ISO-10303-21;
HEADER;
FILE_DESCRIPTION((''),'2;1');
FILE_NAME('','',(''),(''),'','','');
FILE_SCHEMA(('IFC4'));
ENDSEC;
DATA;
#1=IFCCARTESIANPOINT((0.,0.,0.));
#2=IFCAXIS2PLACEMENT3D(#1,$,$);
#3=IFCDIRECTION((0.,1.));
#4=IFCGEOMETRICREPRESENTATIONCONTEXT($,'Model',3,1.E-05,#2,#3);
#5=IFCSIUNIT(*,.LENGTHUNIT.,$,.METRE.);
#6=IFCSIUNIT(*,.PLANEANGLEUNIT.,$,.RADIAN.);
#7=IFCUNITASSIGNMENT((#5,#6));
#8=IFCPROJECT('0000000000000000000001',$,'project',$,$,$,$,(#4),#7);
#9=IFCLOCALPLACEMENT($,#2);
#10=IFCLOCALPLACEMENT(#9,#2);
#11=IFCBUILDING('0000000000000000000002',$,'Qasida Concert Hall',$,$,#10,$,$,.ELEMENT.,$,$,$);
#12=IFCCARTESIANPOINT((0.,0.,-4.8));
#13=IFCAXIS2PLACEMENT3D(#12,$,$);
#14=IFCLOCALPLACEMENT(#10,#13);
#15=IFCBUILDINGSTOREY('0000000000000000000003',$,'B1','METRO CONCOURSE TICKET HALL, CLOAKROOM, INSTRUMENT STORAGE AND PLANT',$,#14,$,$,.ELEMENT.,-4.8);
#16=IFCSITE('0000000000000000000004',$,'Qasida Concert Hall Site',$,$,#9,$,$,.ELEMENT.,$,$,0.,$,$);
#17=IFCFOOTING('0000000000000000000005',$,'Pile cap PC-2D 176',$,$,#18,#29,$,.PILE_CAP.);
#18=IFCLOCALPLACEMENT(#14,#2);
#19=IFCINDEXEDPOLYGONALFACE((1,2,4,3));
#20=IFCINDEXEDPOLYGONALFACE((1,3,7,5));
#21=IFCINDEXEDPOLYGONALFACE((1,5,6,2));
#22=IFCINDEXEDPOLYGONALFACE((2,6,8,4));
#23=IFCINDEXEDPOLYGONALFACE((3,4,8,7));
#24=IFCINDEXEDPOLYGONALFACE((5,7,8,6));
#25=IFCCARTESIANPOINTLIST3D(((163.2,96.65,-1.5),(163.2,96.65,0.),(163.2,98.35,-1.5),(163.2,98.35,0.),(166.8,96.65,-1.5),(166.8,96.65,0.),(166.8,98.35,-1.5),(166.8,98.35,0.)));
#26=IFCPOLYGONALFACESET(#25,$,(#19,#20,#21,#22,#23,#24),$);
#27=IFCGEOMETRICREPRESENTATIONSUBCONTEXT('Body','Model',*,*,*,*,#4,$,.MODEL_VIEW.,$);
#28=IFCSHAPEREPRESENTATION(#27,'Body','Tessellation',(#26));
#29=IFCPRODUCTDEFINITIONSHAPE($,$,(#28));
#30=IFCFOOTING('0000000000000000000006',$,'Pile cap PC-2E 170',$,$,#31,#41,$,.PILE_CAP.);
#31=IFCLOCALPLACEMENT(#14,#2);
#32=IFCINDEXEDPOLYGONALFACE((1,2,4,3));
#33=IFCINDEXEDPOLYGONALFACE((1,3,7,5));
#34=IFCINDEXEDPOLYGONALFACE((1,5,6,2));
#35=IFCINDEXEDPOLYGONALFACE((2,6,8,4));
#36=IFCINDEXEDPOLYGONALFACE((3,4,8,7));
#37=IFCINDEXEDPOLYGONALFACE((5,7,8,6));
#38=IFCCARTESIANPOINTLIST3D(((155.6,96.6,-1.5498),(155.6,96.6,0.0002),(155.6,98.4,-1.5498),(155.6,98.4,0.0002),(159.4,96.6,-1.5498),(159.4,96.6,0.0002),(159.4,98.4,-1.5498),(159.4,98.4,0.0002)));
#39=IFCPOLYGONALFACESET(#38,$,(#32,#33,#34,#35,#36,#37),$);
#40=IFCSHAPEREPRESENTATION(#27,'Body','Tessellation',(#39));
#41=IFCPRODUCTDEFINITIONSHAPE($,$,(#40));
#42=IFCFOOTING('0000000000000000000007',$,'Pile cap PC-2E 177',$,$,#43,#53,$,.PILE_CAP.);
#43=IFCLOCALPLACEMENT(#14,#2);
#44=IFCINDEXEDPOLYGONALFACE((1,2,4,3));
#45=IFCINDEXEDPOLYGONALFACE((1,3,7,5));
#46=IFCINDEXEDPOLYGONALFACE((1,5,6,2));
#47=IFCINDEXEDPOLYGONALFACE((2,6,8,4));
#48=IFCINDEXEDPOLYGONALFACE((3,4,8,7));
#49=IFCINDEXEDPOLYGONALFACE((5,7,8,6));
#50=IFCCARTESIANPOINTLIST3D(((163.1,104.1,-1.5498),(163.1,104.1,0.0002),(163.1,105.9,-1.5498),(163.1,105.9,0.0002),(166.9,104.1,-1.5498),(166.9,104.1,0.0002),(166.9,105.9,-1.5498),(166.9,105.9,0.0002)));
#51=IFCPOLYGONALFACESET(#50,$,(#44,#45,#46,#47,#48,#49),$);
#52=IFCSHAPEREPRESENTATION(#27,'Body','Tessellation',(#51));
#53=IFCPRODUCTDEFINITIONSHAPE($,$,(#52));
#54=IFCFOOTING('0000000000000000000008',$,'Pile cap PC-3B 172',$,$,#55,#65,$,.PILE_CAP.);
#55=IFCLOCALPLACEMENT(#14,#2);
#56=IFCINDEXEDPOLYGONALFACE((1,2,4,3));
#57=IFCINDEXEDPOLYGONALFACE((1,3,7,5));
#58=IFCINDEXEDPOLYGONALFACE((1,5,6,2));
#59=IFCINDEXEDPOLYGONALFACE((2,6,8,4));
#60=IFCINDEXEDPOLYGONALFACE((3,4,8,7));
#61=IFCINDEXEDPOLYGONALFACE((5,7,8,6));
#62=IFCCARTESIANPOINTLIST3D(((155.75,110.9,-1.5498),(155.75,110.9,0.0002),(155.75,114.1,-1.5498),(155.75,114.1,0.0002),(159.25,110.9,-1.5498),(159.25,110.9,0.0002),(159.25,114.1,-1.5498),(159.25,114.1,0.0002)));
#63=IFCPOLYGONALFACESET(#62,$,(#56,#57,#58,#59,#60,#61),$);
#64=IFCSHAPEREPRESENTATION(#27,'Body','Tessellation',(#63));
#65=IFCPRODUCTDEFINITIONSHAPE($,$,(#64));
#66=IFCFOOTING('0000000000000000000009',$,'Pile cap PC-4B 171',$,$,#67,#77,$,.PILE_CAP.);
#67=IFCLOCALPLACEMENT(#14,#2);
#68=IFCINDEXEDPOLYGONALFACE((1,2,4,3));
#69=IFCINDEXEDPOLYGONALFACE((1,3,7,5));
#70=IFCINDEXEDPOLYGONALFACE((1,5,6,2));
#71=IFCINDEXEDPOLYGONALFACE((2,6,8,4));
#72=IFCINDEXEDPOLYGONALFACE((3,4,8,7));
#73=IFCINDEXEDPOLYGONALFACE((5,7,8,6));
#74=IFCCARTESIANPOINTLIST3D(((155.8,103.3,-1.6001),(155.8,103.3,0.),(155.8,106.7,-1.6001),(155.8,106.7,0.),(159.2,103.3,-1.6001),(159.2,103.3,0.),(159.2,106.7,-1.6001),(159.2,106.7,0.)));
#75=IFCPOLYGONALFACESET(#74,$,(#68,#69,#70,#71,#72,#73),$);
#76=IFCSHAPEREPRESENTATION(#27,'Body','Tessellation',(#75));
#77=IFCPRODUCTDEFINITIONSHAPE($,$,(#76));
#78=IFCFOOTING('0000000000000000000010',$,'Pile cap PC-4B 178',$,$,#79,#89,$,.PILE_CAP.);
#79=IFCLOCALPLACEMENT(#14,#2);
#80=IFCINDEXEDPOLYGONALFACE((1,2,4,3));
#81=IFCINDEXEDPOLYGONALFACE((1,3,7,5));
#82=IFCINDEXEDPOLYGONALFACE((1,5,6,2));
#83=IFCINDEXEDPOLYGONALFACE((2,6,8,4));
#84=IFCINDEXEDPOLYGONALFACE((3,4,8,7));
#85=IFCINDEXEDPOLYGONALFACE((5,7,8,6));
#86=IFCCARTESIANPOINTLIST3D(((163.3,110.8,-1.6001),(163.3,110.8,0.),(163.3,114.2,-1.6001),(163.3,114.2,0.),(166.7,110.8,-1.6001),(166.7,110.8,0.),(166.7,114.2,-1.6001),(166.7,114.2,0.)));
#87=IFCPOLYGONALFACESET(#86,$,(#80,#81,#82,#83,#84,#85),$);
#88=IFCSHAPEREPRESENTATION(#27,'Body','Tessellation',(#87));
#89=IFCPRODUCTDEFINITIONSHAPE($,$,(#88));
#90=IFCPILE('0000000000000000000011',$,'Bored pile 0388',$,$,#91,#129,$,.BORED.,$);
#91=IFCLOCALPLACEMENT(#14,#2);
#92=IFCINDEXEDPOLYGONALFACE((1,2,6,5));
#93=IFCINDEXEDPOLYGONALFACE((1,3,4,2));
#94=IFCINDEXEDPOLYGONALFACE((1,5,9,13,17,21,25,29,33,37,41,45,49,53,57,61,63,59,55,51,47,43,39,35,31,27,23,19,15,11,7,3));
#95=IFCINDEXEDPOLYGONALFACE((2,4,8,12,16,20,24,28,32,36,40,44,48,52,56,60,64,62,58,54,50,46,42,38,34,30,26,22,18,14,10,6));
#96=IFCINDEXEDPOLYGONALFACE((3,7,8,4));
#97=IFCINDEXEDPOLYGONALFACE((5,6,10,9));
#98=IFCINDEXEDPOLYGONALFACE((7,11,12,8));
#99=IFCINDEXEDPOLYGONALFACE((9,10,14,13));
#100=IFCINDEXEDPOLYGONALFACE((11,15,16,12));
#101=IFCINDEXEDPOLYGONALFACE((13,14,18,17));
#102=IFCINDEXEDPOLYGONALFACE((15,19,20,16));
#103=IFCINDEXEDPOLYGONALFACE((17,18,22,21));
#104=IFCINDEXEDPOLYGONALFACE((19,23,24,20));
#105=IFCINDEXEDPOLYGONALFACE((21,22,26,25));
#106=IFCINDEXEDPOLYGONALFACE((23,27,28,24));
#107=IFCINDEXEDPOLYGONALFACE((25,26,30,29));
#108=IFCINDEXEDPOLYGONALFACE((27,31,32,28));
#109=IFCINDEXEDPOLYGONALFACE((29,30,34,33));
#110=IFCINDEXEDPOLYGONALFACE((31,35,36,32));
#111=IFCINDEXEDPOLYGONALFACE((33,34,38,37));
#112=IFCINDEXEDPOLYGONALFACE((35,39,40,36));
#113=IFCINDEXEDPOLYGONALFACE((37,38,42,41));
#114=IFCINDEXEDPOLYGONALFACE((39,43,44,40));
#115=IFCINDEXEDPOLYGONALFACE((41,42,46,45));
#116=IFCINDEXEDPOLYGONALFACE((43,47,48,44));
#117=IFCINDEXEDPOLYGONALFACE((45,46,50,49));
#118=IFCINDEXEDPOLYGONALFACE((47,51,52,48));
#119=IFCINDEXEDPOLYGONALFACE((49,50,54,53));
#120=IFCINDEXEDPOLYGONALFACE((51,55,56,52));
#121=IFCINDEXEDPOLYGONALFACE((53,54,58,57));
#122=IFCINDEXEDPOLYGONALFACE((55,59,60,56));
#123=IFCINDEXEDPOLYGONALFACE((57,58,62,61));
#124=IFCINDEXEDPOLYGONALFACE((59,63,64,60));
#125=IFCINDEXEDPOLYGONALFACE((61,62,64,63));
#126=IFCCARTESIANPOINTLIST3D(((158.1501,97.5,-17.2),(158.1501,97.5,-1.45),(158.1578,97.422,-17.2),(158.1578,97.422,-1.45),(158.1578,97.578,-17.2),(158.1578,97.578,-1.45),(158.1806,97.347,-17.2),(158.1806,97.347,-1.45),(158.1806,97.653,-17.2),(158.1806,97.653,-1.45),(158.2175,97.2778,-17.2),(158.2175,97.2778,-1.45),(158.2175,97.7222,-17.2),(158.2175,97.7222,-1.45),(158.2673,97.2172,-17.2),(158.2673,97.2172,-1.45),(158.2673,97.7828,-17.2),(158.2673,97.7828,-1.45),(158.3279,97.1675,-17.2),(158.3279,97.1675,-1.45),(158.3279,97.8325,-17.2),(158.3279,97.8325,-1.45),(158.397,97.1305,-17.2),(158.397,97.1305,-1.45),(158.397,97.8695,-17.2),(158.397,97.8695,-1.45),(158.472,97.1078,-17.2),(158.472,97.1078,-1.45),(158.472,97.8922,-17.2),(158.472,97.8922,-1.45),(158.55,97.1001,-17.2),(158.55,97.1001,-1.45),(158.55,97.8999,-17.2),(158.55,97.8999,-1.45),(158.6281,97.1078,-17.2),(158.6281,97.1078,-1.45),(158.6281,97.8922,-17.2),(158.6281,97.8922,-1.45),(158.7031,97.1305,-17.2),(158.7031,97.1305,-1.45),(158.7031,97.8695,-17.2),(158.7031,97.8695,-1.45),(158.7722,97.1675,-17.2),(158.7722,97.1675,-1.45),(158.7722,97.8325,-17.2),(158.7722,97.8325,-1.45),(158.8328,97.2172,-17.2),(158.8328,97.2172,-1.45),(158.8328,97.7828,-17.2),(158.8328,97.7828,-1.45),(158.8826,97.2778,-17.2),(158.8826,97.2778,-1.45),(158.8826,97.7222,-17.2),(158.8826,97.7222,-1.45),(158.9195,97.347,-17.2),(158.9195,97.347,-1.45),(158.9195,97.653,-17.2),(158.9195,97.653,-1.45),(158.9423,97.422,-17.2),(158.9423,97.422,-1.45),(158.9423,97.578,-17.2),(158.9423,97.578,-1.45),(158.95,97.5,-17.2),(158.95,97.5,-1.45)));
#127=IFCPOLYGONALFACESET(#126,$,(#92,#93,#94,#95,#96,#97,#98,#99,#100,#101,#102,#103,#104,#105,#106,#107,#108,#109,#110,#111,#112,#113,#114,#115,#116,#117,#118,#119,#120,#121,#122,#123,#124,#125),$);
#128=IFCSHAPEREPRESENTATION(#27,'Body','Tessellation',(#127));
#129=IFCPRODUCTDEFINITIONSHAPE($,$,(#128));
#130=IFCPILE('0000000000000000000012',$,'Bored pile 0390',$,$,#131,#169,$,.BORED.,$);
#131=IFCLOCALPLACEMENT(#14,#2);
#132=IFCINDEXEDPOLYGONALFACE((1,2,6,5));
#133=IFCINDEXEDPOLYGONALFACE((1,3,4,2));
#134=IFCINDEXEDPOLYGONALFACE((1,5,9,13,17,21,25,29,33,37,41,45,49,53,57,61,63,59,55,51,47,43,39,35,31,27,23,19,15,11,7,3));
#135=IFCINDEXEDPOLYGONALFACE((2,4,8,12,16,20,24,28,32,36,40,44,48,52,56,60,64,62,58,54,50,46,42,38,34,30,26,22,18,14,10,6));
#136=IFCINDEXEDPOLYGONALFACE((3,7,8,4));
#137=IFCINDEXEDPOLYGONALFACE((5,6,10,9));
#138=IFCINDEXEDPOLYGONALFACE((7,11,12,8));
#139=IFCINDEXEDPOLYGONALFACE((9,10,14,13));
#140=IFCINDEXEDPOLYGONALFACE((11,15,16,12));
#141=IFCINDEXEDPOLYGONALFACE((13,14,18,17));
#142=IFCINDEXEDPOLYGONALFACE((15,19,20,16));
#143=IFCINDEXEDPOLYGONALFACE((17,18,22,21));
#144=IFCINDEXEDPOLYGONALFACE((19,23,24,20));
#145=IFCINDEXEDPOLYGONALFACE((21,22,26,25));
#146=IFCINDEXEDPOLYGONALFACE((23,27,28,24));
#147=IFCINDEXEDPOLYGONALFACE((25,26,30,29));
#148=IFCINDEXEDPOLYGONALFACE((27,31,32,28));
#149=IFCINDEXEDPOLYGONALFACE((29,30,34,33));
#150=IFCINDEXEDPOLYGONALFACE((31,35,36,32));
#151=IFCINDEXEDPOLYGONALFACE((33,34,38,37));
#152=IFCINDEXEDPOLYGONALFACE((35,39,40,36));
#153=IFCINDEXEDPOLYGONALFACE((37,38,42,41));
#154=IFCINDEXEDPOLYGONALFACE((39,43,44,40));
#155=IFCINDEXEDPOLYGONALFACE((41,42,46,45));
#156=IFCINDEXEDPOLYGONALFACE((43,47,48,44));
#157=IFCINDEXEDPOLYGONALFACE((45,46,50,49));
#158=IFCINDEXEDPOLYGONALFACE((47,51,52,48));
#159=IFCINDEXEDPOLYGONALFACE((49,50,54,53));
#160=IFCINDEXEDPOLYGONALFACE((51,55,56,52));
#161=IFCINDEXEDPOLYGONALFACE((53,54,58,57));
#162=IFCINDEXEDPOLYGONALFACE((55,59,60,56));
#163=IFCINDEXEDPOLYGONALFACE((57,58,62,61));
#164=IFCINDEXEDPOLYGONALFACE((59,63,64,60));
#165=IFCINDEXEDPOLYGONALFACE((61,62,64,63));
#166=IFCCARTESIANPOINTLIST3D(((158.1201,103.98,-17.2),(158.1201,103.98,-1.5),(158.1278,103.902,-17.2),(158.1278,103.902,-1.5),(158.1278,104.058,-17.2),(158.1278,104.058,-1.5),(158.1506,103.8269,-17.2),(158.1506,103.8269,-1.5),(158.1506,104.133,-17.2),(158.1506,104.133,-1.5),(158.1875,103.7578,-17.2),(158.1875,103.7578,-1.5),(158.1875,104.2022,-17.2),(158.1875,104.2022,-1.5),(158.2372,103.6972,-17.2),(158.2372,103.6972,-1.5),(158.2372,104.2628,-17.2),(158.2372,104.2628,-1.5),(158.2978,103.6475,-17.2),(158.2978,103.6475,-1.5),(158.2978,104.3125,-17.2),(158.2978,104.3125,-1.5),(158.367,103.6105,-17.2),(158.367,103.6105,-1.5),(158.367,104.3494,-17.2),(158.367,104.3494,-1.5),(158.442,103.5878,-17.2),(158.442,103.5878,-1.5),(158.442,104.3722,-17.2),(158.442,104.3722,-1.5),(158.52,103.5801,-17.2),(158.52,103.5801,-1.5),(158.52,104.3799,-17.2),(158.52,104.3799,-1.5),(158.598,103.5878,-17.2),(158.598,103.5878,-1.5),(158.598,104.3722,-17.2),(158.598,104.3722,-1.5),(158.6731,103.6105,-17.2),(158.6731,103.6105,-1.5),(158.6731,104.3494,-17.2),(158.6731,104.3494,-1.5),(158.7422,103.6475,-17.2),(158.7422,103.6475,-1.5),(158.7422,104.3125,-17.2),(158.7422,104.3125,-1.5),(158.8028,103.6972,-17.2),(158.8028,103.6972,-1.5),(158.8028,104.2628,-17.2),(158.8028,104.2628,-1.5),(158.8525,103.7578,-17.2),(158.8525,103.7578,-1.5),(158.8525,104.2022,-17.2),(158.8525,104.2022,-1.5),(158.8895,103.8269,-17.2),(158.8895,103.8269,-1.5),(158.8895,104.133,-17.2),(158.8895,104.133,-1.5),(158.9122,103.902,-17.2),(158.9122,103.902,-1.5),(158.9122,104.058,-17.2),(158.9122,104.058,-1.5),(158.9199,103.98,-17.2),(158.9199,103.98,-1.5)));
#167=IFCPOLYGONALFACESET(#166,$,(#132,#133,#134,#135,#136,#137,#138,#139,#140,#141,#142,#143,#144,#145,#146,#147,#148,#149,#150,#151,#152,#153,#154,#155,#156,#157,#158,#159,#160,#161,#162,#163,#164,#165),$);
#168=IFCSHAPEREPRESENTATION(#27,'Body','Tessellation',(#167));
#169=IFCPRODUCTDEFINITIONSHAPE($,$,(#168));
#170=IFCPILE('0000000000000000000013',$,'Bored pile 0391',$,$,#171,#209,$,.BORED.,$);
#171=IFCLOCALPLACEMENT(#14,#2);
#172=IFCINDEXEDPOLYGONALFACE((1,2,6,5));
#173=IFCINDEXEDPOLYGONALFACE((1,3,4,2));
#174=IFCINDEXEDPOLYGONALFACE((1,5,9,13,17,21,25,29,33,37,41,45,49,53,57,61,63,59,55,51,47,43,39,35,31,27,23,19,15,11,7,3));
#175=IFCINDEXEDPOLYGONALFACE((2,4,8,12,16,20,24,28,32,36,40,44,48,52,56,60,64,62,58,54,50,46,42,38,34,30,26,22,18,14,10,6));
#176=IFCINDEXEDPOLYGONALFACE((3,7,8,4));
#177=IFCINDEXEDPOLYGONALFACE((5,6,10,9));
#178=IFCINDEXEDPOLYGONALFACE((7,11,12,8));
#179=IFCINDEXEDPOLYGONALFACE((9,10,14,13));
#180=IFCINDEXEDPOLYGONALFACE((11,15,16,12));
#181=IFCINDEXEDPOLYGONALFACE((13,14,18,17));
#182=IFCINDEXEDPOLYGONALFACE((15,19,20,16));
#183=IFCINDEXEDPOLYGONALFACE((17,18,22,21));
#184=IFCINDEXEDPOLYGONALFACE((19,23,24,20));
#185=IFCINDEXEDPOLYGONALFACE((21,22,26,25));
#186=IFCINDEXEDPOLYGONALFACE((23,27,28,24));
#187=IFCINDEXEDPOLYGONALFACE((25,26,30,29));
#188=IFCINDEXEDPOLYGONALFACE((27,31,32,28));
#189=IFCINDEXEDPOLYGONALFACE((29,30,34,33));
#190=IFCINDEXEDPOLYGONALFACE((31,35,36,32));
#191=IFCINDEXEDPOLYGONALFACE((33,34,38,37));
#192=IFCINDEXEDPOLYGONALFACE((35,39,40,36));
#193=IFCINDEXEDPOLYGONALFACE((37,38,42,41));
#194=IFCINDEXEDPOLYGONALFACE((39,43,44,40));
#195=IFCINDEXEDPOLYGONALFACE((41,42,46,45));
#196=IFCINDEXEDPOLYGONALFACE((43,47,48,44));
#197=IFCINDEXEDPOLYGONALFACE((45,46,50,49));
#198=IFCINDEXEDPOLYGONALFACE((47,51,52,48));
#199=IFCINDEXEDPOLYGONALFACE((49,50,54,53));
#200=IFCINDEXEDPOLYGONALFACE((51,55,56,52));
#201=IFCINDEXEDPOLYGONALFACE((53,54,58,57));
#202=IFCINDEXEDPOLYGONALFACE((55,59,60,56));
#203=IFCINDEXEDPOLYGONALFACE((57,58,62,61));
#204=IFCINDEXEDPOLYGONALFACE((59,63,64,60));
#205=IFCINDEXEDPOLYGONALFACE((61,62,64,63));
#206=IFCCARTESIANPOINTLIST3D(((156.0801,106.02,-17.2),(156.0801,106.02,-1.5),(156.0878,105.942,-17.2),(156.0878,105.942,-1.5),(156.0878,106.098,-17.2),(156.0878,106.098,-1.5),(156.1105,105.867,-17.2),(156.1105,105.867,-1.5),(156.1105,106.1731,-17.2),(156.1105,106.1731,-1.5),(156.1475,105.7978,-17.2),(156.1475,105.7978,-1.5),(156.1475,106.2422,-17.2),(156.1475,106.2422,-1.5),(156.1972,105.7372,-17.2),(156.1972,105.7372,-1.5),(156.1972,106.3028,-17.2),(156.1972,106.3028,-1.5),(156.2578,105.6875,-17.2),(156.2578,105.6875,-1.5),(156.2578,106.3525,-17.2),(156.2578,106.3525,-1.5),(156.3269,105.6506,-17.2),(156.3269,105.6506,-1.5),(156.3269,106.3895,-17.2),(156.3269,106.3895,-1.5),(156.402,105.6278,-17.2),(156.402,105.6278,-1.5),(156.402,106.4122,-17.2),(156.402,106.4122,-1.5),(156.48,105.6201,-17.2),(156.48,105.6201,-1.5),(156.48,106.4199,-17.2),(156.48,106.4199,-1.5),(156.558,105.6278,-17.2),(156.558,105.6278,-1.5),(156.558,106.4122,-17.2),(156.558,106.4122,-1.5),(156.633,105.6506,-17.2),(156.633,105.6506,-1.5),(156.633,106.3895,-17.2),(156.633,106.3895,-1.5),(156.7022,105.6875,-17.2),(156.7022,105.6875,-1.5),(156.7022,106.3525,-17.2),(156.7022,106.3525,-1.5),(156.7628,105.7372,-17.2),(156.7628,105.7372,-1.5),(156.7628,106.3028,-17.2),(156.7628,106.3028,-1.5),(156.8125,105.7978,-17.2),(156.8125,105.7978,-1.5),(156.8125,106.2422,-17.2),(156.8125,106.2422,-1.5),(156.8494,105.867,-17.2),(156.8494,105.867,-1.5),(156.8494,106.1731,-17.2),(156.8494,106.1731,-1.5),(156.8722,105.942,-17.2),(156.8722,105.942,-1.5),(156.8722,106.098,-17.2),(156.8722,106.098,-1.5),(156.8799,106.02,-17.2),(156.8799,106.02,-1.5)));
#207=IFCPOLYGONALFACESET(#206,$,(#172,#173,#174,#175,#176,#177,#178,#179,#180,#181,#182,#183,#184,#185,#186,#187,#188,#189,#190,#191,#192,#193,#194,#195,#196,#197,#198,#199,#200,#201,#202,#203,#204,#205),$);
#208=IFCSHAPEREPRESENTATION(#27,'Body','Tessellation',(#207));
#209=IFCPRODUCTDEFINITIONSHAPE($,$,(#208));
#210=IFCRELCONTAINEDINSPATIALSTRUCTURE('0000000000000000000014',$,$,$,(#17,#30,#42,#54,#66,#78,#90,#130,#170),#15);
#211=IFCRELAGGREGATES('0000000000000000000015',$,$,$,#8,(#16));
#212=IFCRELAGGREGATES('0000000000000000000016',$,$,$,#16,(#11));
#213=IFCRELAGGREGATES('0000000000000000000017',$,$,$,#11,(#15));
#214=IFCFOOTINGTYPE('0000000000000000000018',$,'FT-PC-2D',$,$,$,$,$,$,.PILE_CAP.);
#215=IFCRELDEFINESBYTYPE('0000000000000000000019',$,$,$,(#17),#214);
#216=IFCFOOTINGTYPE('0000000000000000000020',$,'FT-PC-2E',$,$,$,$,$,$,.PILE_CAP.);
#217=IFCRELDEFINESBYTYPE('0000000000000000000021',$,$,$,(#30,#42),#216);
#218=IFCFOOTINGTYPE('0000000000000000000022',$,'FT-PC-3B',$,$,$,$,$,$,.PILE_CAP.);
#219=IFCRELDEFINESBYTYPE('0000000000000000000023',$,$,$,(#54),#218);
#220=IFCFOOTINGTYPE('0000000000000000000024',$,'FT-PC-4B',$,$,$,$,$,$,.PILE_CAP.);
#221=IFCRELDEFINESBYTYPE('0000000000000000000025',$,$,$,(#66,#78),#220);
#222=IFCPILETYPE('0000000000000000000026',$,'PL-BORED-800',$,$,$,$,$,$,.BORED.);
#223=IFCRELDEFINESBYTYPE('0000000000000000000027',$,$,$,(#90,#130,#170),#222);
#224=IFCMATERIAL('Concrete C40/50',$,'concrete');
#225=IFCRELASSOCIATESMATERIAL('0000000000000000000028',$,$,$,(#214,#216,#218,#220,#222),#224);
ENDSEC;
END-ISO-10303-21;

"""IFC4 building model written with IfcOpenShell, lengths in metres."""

from ifc_helpers import new_model, si_unit, direction, frame, origin, origin_2d, place, context, subcontext, project, spatial, rectangle, circle, extrude, material, material_profile, profile_set, type_object, element, save


model = new_model("IFC4")

# Units and contexts
model_context = context("Model", 3, precision=1e-05, world=origin(), true_north=direction((0.0, 1.0)))
body_context = subcontext(model_context, "Body", "Model", "MODEL_VIEW")
ifc_project = project(units=[si_unit("LENGTHUNIT", "METRE"), si_unit("PLANEANGLEUNIT", "RADIAN")], contexts=[model_context])

# Site, building, storey
site_placement = place(None, origin())
site = spatial("IfcSite", under=ifc_project, at=site_placement, Name="Qasida Concert Hall Site", CompositionType="ELEMENT", RefElevation=0.0)
building_placement = place(site_placement, origin())
building = spatial("IfcBuilding", under=site, at=building_placement, Name="Qasida Concert Hall", CompositionType="ELEMENT")
storey_placement = place(building_placement, frame((0.0, 0.0, -4.8)))
storey = spatial("IfcBuildingStorey", under=building, at=storey_placement, Name="B1", Description="METRO CONCOURSE TICKET HALL, CLOAKROOM, INSTRUMENT STORAGE AND PLANT", CompositionType="ELEMENT", Elevation=-4.8)

# Footings
ifc_material_1 = material(Name="Concrete C40/50", Category="concrete")
footing_type_1 = type_object("IfcFootingType", Name="FT-PC-2D", PredefinedType="PILE_CAP", material=ifc_material_1)
footing_1_placement = place(storey_placement, frame((165.0, 97.5, -1.5), z_axis=(0.0, 0.0, 1.0), x_axis=(1.0, 0.0, 0.0)))
element("IfcFooting", 1, at=footing_1_placement, inside=storey, type_object=footing_type_1, Name="Pile cap PC-2D 176", PredefinedType="PILE_CAP", context=body_context, shape_type="SweptSolid", body=[
    extrude(rectangle(XDim=3.6001, YDim=1.7, at=origin_2d()), origin(), (0.0, 0.0, 1.0), 1.5),
])
footing_type_2 = type_object("IfcFootingType", Name="FT-PC-2E", PredefinedType="PILE_CAP", material=ifc_material_1)
for number, where, z_axis, x_axis, name in (
    (2, (157.5, 97.5, -1.5498), (0.0, 0.0, 1.0), (1.0, 0.0, 0.0), "Pile cap PC-2E 170"),
    (3, (165.0, 105.0, -1.5498), (0.0, 0.0, 1.0), (1.0, 0.0, 0.0), "Pile cap PC-2E 177"),
):
    element("IfcFooting", number, at=place(storey_placement, frame(where, z_axis=z_axis, x_axis=x_axis)), inside=storey, type_object=footing_type_2, Name=name, PredefinedType="PILE_CAP", context=body_context, shape_type="SweptSolid", body=[
        extrude(rectangle(XDim=3.8, YDim=1.8, at=origin_2d()), origin(), (0.0, 0.0, 1.0), 1.55),
    ])
footing_type_3 = type_object("IfcFootingType", Name="FT-PC-3B", PredefinedType="PILE_CAP", material=ifc_material_1)
footing_2_placement = place(storey_placement, frame((157.5, 112.5, -1.5498), z_axis=(0.0, 0.0, 1.0), x_axis=(1.0, 0.0, 0.0)))
element("IfcFooting", 4, at=footing_2_placement, inside=storey, type_object=footing_type_3, Name="Pile cap PC-3B 172", PredefinedType="PILE_CAP", context=body_context, shape_type="SweptSolid", body=[
    extrude(rectangle(XDim=3.5, YDim=3.2, at=origin_2d()), origin(), (0.0, 0.0, 1.0), 1.55),
])
footing_type_4 = type_object("IfcFootingType", Name="FT-PC-4B", PredefinedType="PILE_CAP", material=ifc_material_1)
for number, where, z_axis, x_axis, name in (
    (5, (157.5, 105.0, -1.6001), (0.0, 0.0, 1.0), (1.0, 0.0, 0.0), "Pile cap PC-4B 171"),
    (6, (165.0, 112.5, -1.6001), (0.0, 0.0, 1.0), (1.0, 0.0, 0.0), "Pile cap PC-4B 178"),
):
    element("IfcFooting", number, at=place(storey_placement, frame(where, z_axis=z_axis, x_axis=x_axis)), inside=storey, type_object=footing_type_4, Name=name, PredefinedType="PILE_CAP", context=body_context, shape_type="SweptSolid", body=[
        extrude(rectangle(XDim=3.3999, YDim=3.3999, at=origin_2d()), origin(), (0.0, 0.0, 1.0), 1.6001),
    ])

# Piles
ifc_material_profile_1 = material_profile(ifc_material_1, circle(Radius=0.3999, at=origin_2d()), Name="BORED PILE D800")
ifc_profile_set_1 = profile_set([ifc_material_profile_1], Name="Concrete C40/50")
pile_type = type_object("IfcPileType", Name="PL-BORED-800", PredefinedType="BORED", material=ifc_profile_set_1)
pile_1_placement = place(storey_placement, frame((158.55, 97.5, -1.45), z_axis=(0.0, 0.0, -1.0), x_axis=(1.0, 0.0, 0.0)))
element("IfcPile", 7, at=pile_1_placement, inside=storey, type_object=pile_type, Name="Bored pile 0388", PredefinedType="BORED", context=body_context, shape_type="SweptSolid", body=[
    extrude(circle(Radius=0.3999, at=origin_2d()), origin(), (0.0, 0.0, 1.0), 15.75),
])
for number, where, z_axis, x_axis, name in (
    (8, (158.52, 103.98, -1.5), (0.0, 0.0, -1.0), (1.0, 0.0, 0.0), "Bored pile 0390"),
    (9, (156.48, 106.02, -1.5), (0.0, 0.0, -1.0), (1.0, 0.0, 0.0), "Bored pile 0391"),
):
    element("IfcPile", number, at=place(storey_placement, frame(where, z_axis=z_axis, x_axis=x_axis)), inside=storey, type_object=pile_type, Name=name, PredefinedType="BORED", context=body_context, shape_type="SweptSolid", body=[
        extrude(circle(Radius=0.3999, at=origin_2d()), origin(), (0.0, 0.0, 1.0), 15.7),
    ])

save(model, "model.ifc")
